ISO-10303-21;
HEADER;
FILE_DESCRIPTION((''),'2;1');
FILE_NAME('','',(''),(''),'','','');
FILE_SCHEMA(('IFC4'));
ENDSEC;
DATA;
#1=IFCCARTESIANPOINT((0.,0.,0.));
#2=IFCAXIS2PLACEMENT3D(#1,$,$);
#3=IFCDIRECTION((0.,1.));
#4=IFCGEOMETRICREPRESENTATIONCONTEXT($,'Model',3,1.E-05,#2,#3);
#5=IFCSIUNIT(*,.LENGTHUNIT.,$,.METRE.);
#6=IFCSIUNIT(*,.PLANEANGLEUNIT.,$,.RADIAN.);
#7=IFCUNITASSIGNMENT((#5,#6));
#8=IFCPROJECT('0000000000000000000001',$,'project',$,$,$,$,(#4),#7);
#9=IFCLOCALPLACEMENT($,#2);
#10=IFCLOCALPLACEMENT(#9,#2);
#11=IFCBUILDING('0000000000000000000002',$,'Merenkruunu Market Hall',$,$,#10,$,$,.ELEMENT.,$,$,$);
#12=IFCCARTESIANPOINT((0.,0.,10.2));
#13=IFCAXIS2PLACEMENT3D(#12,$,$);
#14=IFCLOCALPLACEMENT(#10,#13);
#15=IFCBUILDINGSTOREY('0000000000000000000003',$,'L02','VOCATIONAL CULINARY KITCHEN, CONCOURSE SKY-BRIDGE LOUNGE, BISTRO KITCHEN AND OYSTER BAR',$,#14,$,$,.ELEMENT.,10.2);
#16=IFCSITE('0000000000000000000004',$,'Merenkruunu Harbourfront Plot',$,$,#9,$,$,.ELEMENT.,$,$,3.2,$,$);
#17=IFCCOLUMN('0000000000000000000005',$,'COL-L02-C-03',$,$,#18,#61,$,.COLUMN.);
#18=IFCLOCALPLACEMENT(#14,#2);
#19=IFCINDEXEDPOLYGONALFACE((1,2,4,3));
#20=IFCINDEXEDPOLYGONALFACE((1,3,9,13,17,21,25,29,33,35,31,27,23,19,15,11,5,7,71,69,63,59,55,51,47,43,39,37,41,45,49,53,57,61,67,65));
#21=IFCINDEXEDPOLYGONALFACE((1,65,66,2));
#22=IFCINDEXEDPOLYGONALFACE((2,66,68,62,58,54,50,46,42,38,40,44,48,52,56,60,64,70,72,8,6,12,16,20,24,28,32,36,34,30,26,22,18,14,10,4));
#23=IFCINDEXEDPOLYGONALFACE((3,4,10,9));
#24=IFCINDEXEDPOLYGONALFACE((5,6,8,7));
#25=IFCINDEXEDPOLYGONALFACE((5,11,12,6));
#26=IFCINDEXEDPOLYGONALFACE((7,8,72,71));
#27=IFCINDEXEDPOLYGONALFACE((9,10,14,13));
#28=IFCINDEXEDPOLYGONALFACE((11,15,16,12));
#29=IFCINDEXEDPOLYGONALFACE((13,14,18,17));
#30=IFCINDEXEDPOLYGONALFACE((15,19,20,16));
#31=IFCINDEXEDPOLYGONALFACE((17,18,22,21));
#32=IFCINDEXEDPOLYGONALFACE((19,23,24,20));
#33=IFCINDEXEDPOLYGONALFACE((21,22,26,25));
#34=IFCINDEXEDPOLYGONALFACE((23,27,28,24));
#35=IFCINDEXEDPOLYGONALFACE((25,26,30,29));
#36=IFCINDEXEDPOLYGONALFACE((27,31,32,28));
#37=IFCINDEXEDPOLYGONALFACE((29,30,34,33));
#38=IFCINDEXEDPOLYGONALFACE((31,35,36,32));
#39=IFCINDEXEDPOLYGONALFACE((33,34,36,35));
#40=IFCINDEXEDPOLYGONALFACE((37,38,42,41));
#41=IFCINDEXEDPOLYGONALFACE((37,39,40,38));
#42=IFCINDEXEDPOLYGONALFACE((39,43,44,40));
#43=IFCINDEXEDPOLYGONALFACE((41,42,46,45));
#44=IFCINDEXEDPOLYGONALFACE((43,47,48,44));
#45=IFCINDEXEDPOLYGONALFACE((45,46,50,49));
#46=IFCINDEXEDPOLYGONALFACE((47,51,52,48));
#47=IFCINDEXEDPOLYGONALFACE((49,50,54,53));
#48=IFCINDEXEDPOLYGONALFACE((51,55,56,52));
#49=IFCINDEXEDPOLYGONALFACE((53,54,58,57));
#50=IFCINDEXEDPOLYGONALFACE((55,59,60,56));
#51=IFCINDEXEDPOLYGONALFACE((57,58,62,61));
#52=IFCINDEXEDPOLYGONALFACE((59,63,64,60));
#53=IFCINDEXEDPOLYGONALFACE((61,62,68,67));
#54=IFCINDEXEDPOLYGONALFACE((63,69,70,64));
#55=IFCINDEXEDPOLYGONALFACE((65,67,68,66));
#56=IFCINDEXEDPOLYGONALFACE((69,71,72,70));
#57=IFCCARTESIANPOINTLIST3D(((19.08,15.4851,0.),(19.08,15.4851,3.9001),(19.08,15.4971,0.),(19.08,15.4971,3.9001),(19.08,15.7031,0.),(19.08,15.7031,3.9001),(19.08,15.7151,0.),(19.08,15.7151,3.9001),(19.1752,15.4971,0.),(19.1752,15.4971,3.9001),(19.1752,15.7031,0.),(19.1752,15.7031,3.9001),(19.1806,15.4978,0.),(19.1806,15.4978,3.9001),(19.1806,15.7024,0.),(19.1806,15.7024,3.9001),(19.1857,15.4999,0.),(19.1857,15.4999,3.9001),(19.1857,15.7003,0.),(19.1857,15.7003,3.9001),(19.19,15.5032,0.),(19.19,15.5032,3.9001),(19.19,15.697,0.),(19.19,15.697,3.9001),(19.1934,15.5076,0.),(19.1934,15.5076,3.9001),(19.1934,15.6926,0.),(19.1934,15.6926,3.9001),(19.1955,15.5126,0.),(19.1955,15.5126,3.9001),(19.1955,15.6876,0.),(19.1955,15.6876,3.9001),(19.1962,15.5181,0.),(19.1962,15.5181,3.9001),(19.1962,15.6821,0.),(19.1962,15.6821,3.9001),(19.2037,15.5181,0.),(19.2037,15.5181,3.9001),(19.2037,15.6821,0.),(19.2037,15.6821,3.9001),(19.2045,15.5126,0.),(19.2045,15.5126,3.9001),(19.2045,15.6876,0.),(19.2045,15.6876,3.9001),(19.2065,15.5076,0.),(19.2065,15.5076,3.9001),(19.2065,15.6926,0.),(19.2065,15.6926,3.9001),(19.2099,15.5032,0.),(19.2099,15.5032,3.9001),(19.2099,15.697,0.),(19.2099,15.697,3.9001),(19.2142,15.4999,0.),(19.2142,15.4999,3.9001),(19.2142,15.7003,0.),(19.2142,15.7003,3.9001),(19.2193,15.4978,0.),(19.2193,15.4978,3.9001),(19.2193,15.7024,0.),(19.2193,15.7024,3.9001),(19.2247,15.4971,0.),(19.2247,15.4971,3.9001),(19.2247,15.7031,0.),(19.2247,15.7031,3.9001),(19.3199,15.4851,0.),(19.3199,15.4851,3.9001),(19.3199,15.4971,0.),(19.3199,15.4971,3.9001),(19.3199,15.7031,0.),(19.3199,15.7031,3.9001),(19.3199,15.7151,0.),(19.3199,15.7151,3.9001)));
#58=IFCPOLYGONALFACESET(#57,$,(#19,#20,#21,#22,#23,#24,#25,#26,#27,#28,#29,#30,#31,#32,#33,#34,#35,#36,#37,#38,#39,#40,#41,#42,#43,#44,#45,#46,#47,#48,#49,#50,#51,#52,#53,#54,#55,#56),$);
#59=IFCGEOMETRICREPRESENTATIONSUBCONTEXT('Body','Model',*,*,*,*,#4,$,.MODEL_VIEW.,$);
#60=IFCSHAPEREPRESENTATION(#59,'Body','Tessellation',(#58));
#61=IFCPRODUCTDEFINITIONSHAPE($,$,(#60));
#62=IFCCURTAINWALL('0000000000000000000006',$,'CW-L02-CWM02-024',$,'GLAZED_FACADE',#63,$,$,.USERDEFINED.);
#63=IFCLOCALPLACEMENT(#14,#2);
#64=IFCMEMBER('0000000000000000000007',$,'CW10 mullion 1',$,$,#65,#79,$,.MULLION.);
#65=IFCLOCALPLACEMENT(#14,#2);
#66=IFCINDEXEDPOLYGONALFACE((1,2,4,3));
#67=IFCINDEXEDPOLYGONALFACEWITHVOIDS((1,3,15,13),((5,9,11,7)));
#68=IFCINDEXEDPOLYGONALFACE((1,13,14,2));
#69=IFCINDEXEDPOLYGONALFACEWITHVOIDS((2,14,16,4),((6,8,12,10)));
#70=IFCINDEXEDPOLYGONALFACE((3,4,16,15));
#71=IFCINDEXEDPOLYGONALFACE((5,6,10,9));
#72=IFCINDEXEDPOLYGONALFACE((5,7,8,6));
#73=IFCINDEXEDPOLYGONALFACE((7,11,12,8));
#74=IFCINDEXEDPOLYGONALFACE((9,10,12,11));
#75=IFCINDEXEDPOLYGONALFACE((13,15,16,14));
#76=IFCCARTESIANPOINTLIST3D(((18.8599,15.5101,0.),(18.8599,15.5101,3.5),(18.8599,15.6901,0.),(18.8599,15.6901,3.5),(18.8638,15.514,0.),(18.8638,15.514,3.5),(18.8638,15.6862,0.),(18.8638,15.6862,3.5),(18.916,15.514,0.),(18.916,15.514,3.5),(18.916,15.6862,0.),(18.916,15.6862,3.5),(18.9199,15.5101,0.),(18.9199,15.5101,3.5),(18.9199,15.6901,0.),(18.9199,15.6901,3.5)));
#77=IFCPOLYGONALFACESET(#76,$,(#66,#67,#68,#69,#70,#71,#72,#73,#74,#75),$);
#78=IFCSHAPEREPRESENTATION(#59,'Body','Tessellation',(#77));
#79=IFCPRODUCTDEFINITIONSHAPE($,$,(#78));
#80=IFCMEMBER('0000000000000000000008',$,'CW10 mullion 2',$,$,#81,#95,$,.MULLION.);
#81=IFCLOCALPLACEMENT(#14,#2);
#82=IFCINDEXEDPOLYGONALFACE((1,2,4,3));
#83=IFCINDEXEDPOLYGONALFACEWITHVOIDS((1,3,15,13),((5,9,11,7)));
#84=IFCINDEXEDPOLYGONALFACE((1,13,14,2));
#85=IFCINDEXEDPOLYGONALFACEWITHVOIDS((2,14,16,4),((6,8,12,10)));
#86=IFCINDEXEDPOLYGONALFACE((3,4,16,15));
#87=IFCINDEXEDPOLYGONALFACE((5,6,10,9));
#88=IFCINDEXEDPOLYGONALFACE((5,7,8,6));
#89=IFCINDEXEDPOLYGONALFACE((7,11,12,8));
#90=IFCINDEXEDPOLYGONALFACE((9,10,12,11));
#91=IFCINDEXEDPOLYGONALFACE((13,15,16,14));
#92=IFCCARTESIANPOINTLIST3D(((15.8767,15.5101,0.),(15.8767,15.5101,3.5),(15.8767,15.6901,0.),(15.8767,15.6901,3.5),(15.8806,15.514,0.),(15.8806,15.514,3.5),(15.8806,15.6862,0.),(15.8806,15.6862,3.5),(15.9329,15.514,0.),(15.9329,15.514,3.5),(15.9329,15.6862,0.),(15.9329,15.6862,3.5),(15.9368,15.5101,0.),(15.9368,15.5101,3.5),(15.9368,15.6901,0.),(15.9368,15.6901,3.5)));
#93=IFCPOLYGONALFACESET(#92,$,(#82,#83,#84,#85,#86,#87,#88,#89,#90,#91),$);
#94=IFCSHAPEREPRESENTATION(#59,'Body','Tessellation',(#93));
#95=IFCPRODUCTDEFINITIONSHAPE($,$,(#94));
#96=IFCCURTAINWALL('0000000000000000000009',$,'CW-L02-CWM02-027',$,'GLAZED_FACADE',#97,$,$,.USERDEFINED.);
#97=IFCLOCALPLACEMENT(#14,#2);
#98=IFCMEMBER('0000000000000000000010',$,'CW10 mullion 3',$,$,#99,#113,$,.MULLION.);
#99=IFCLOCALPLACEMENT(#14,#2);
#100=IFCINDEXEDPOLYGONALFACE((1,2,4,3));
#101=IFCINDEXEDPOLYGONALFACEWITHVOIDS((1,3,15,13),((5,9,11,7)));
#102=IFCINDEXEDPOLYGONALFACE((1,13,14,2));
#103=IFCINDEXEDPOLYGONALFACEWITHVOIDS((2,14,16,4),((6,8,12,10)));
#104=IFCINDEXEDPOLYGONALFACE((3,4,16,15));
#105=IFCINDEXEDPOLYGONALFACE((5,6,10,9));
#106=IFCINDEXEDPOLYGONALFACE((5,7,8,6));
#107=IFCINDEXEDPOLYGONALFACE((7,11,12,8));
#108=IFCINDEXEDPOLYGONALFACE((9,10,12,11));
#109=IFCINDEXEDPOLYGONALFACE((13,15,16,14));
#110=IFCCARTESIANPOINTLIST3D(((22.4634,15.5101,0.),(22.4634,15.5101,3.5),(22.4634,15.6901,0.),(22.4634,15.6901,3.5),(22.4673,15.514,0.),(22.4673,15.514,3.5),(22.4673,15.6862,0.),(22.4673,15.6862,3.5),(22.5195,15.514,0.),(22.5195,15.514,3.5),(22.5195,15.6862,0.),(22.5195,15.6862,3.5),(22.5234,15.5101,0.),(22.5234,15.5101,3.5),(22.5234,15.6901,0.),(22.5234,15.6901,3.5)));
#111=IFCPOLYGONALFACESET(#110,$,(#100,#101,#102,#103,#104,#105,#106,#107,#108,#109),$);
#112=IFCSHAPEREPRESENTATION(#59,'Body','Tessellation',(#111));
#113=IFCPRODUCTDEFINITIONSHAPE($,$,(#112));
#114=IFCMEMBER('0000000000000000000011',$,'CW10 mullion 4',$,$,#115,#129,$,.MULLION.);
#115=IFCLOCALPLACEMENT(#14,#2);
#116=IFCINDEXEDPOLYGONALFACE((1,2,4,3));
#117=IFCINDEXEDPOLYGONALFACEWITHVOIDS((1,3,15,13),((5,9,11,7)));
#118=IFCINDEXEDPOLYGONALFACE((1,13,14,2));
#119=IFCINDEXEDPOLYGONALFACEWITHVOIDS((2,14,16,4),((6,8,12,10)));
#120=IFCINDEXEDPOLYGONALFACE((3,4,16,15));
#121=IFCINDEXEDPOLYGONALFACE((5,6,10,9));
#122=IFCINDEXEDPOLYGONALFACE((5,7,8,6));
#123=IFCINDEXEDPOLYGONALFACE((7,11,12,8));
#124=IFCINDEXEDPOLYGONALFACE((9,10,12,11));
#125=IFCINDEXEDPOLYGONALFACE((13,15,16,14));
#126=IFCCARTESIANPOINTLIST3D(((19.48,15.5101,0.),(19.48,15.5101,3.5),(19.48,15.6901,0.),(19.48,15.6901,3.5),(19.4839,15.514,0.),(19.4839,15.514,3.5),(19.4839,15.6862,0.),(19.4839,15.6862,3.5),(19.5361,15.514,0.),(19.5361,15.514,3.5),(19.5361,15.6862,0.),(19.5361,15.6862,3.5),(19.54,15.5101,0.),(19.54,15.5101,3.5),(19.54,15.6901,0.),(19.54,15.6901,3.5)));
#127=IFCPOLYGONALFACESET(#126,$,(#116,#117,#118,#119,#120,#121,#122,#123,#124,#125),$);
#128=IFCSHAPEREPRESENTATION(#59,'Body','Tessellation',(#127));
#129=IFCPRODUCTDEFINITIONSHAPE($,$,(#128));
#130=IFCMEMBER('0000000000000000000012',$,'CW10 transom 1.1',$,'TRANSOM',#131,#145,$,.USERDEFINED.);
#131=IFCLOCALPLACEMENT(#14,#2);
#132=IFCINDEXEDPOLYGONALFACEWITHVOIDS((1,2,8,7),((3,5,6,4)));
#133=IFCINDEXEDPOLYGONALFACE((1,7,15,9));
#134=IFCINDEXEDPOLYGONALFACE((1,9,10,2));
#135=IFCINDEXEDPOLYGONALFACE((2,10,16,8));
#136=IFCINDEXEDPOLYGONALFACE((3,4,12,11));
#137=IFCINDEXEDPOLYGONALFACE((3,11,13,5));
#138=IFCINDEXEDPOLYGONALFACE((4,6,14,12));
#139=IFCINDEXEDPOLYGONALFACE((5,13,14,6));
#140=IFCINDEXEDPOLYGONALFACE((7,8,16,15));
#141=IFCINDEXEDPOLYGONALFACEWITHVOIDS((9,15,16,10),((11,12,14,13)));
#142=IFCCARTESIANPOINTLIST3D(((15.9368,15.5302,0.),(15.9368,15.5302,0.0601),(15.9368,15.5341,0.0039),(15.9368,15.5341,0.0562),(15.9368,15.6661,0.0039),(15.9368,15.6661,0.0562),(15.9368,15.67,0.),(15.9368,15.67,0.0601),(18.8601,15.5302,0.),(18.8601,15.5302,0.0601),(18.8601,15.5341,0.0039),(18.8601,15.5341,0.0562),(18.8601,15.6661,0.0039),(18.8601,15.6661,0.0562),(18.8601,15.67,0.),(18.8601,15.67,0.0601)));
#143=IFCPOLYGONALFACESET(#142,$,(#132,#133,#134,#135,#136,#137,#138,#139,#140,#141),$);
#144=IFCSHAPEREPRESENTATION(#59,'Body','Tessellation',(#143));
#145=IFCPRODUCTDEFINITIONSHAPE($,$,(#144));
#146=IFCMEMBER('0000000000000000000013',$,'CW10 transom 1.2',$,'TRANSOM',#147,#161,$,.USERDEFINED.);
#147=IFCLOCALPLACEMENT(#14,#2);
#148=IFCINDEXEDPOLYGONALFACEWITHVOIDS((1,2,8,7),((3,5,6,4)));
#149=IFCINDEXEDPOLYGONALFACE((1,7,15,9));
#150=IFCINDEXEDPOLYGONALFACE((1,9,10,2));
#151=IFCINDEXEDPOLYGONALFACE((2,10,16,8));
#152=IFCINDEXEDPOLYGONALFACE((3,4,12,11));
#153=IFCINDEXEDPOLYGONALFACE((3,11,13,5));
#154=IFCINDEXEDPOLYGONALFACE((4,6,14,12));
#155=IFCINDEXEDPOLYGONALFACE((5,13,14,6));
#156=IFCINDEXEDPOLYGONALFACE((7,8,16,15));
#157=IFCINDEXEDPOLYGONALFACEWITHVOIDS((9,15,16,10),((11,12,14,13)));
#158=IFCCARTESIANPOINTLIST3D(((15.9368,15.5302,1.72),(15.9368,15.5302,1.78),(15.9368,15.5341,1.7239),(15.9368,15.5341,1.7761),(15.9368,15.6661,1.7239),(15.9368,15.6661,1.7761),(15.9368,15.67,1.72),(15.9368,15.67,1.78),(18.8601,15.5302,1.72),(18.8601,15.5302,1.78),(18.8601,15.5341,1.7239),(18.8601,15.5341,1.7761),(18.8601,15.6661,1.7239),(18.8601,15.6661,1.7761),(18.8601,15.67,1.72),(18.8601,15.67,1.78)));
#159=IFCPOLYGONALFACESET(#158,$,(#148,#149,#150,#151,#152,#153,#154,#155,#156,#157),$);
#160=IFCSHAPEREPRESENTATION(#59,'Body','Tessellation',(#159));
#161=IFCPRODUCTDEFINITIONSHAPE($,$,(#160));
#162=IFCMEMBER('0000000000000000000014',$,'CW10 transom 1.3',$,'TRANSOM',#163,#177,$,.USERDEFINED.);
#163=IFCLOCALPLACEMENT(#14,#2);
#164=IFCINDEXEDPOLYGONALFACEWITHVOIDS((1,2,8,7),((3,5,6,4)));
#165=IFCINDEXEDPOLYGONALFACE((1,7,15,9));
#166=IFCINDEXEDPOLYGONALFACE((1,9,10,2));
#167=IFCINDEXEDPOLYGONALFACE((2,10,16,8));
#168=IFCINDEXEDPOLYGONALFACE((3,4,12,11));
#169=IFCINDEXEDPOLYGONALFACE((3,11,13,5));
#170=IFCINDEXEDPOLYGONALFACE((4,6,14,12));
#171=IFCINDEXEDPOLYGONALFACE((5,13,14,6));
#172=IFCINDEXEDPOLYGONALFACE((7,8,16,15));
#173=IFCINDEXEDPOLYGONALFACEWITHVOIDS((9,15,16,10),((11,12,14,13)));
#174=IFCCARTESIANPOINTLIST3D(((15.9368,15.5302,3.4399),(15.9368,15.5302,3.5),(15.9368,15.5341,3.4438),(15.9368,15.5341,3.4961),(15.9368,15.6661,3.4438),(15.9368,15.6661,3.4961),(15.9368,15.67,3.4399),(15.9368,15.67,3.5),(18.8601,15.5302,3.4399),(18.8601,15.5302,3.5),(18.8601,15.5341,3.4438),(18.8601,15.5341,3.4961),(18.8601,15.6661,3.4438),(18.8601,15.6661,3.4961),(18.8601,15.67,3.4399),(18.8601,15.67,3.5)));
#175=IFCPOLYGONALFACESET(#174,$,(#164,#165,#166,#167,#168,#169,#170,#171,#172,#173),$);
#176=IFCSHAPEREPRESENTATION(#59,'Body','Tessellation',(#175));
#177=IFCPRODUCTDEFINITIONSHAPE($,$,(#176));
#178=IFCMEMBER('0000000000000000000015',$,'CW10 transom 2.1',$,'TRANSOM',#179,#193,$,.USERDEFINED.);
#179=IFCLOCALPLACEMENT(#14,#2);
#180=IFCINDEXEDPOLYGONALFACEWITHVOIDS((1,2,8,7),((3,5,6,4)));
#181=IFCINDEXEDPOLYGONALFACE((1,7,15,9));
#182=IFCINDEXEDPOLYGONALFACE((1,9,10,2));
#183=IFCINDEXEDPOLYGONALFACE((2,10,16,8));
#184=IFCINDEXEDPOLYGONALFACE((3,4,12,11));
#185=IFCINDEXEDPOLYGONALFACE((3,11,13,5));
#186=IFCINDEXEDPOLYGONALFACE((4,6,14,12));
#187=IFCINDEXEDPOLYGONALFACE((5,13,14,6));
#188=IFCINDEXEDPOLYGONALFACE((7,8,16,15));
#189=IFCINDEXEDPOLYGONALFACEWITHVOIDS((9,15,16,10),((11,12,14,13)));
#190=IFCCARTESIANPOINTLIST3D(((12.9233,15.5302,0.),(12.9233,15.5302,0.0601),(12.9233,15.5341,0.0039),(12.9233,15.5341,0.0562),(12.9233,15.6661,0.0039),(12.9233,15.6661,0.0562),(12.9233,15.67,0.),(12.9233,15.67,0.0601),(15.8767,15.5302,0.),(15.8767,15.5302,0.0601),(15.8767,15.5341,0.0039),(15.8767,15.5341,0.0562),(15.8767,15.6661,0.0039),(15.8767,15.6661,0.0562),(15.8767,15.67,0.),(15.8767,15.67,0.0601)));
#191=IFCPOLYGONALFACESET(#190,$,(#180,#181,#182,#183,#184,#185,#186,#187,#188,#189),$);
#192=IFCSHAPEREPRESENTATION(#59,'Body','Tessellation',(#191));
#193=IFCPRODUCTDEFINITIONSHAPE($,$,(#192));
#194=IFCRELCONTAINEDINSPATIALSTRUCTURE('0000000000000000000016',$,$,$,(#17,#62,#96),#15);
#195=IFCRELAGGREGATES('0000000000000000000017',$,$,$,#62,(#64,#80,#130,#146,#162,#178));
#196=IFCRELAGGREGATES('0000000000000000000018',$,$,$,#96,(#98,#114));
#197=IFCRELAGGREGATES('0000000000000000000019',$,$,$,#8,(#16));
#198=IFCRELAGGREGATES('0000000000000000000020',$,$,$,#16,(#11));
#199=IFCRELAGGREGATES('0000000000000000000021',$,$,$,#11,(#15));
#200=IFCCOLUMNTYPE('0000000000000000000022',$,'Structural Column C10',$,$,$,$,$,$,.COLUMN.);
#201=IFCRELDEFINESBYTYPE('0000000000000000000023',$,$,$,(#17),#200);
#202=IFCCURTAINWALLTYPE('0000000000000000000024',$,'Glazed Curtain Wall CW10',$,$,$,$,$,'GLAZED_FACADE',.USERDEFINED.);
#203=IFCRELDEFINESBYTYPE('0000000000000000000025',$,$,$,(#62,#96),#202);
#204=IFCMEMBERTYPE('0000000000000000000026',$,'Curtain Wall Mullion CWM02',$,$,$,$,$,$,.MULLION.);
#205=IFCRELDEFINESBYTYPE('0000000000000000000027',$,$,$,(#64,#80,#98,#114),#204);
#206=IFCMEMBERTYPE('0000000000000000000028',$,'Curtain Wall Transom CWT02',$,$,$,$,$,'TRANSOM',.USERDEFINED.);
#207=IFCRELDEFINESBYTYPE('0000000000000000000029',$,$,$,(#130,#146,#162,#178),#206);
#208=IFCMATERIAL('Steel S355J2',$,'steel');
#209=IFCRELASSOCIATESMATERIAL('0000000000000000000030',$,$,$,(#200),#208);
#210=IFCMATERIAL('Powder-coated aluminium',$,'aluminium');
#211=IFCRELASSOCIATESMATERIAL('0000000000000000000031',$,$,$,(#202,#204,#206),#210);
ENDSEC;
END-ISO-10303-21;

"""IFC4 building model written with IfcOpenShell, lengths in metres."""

from ifc_helpers import new_model, si_unit, direction, frame, origin, origin_2d, place, context, subcontext, project, spatial, hollow_rectangle, i_section, extrude, material, material_profile, profile_set, type_object, element, aggregate, save


model = new_model("IFC4")

# Units and contexts
model_context = context("Model", 3, precision=1e-05, world=origin(), true_north=direction((0.0, 1.0)))
body_context = subcontext(model_context, "Body", "Model", "MODEL_VIEW")
ifc_project = project(units=[si_unit("LENGTHUNIT", "METRE"), si_unit("PLANEANGLEUNIT", "RADIAN")], contexts=[model_context])

# Site, building, storey
site_placement = place(None, origin())
site = spatial("IfcSite", under=ifc_project, at=site_placement, Name="Merenkruunu Harbourfront Plot", CompositionType="ELEMENT", RefElevation=3.2)
building_placement = place(site_placement, origin())
building = spatial("IfcBuilding", under=site, at=building_placement, Name="Merenkruunu Market Hall", CompositionType="ELEMENT")
storey_placement = place(building_placement, frame((0.0, 0.0, 10.2)))
storey = spatial("IfcBuildingStorey", under=building, at=storey_placement, Name="L02", Description="VOCATIONAL CULINARY KITCHEN, CONCOURSE SKY-BRIDGE LOUNGE, BISTRO KITCHEN AND OYSTER BAR", CompositionType="ELEMENT", Elevation=10.2)

# Column
ifc_material_1 = material(Name="Steel S355J2", Category="steel")
ifc_material_profile_1 = material_profile(ifc_material_1, i_section(OverallWidth=0.24, OverallDepth=0.23, WebThickness=0.0076, FlangeThickness=0.012, FilletRadius=0.021, at=origin_2d()), Name="HEA 240")
ifc_profile_set_1 = profile_set([ifc_material_profile_1], Name="Steel S355J2")
column_type = type_object("IfcColumnType", Name="Structural Column C10", PredefinedType="COLUMN", material=ifc_profile_set_1)
column_placement = place(storey_placement, frame((19.2, 15.6001, 0.0), z_axis=(0.0, 0.0, 1.0), x_axis=(1.0, 0.0, 0.0)))
element("IfcColumn", 1, at=column_placement, inside=storey, type_object=column_type, Name="COL-L02-C-03", PredefinedType="COLUMN", context=body_context, shape_type="SweptSolid", body=[
    extrude(i_section(OverallWidth=0.24, OverallDepth=0.23, WebThickness=0.0076, FlangeThickness=0.012, FilletRadius=0.021, at=origin_2d()), origin(), (0.0, 0.0, 1.0), 3.9001),
])

# Curtain walls, members
ifc_material_2 = material(Name="Powder-coated aluminium", Category="aluminium")
curtain_wall_type = type_object("IfcCurtainWallType", Name="Glazed Curtain Wall CW10", ElementType="GLAZED_FACADE", PredefinedType="USERDEFINED", material=ifc_material_2)
curtain_wall_1_placement = place(storey_placement, origin())
curtain_wall_1 = element("IfcCurtainWall", 2, at=curtain_wall_1_placement, inside=storey, type_object=curtain_wall_type, Name="CW-L02-CWM02-024", ObjectType="GLAZED_FACADE", PredefinedType="USERDEFINED")
ifc_material_profile_2 = material_profile(ifc_material_2, hollow_rectangle(XDim=0.0601, YDim=0.1799, WallThickness=0.0039, at=origin_2d()), Name="ALU 60x180x4")
ifc_profile_set_2 = profile_set([ifc_material_profile_2], Name="Powder-coated aluminium")
member_type_1 = type_object("IfcMemberType", Name="Curtain Wall Mullion CWM02", PredefinedType="MULLION", material=ifc_profile_set_2)
member_1_placement = place(storey_placement, frame((18.8899, 15.6001, 0.0), z_axis=(0.0, 0.0, 1.0), x_axis=(-1.0, 0.0, 0.0)))
member_1 = element("IfcMember", 3, at=member_1_placement, type_object=member_type_1, Name="CW10 mullion 1", PredefinedType="MULLION", context=body_context, shape_type="SweptSolid", body=[
    extrude(hollow_rectangle(XDim=0.0601, YDim=0.1799, WallThickness=0.0039, at=origin_2d()), origin(), (0.0, 0.0, 1.0), 3.5),
])
member_2_placement = place(storey_placement, frame((15.9067, 15.6001, 0.0), z_axis=(0.0, 0.0, 1.0), x_axis=(-1.0, 0.0, 0.0)))
member_2 = element("IfcMember", 4, at=member_2_placement, type_object=member_type_1, Name="CW10 mullion 2", PredefinedType="MULLION", context=body_context, shape_type="SweptSolid", body=[
    extrude(hollow_rectangle(XDim=0.0601, YDim=0.1799, WallThickness=0.0039, at=origin_2d()), origin(), (0.0, 0.0, 1.0), 3.5),
])
curtain_wall_2_placement = place(storey_placement, origin())
curtain_wall_2 = element("IfcCurtainWall", 5, at=curtain_wall_2_placement, inside=storey, type_object=curtain_wall_type, Name="CW-L02-CWM02-027", ObjectType="GLAZED_FACADE", PredefinedType="USERDEFINED")
member_3_placement = place(storey_placement, frame((22.4934, 15.6001, 0.0), z_axis=(0.0, 0.0, 1.0), x_axis=(-1.0, 0.0, 0.0)))
member_3 = element("IfcMember", 6, at=member_3_placement, type_object=member_type_1, Name="CW10 mullion 3", PredefinedType="MULLION", context=body_context, shape_type="SweptSolid", body=[
    extrude(hollow_rectangle(XDim=0.0601, YDim=0.1799, WallThickness=0.0039, at=origin_2d()), origin(), (0.0, 0.0, 1.0), 3.5),
])
member_4_placement = place(storey_placement, frame((19.51, 15.6001, 0.0), z_axis=(0.0, 0.0, 1.0), x_axis=(-1.0, 0.0, 0.0)))
member_4 = element("IfcMember", 7, at=member_4_placement, type_object=member_type_1, Name="CW10 mullion 4", PredefinedType="MULLION", context=body_context, shape_type="SweptSolid", body=[
    extrude(hollow_rectangle(XDim=0.0601, YDim=0.1799, WallThickness=0.0039, at=origin_2d()), origin(), (0.0, 0.0, 1.0), 3.5),
])

# Members
ifc_material_profile_3 = material_profile(ifc_material_2, hollow_rectangle(XDim=0.0601, YDim=0.1399, WallThickness=0.0039, at=origin_2d()), Name="ALU 60x140x4")
ifc_profile_set_3 = profile_set([ifc_material_profile_3], Name="Powder-coated aluminium")
member_type_2 = type_object("IfcMemberType", Name="Curtain Wall Transom CWT02", ElementType="TRANSOM", PredefinedType="USERDEFINED", material=ifc_profile_set_3)
member_5_placement = place(storey_placement, frame((18.8601, 15.6001, 0.03), z_axis=(-1.0, 0.0, 0.0), x_axis=(0.0, 0.0, 1.0)))
member_5 = element("IfcMember", 8, at=member_5_placement, type_object=member_type_2, Name="CW10 transom 1.1", ObjectType="TRANSOM", PredefinedType="USERDEFINED", context=body_context, shape_type="SweptSolid", body=[
    extrude(hollow_rectangle(XDim=0.0601, YDim=0.1399, WallThickness=0.0039, at=origin_2d()), origin(), (0.0, 0.0, 1.0), 2.9233),
])
member_6_placement = place(storey_placement, frame((18.8601, 15.6001, 1.75), z_axis=(-1.0, 0.0, 0.0), x_axis=(0.0, 0.0, 1.0)))
member_6 = element("IfcMember", 9, at=member_6_placement, type_object=member_type_2, Name="CW10 transom 1.2", ObjectType="TRANSOM", PredefinedType="USERDEFINED", context=body_context, shape_type="SweptSolid", body=[
    extrude(hollow_rectangle(XDim=0.0601, YDim=0.1399, WallThickness=0.0039, at=origin_2d()), origin(), (0.0, 0.0, 1.0), 2.9233),
])
member_7_placement = place(storey_placement, frame((18.8601, 15.6001, 3.47), z_axis=(-1.0, 0.0, 0.0), x_axis=(0.0, 0.0, 1.0)))
member_7 = element("IfcMember", 10, at=member_7_placement, type_object=member_type_2, Name="CW10 transom 1.3", ObjectType="TRANSOM", PredefinedType="USERDEFINED", context=body_context, shape_type="SweptSolid", body=[
    extrude(hollow_rectangle(XDim=0.0601, YDim=0.1399, WallThickness=0.0039, at=origin_2d()), origin(), (0.0, 0.0, 1.0), 2.9233),
])
member_8_placement = place(storey_placement, frame((15.8767, 15.6001, 0.03), z_axis=(-1.0, 0.0, 0.0), x_axis=(0.0, 0.0, 1.0)))
member_8 = element("IfcMember", 11, at=member_8_placement, type_object=member_type_2, Name="CW10 transom 2.1", ObjectType="TRANSOM", PredefinedType="USERDEFINED", context=body_context, shape_type="SweptSolid", body=[
    extrude(hollow_rectangle(XDim=0.0601, YDim=0.1399, WallThickness=0.0039, at=origin_2d()), origin(), (0.0, 0.0, 1.0), 2.9534),
])

aggregate(curtain_wall_1, [member_1, member_2, member_5, member_6, member_7, member_8])
aggregate(curtain_wall_2, [member_3, member_4])

save(model, "model.ifc")
